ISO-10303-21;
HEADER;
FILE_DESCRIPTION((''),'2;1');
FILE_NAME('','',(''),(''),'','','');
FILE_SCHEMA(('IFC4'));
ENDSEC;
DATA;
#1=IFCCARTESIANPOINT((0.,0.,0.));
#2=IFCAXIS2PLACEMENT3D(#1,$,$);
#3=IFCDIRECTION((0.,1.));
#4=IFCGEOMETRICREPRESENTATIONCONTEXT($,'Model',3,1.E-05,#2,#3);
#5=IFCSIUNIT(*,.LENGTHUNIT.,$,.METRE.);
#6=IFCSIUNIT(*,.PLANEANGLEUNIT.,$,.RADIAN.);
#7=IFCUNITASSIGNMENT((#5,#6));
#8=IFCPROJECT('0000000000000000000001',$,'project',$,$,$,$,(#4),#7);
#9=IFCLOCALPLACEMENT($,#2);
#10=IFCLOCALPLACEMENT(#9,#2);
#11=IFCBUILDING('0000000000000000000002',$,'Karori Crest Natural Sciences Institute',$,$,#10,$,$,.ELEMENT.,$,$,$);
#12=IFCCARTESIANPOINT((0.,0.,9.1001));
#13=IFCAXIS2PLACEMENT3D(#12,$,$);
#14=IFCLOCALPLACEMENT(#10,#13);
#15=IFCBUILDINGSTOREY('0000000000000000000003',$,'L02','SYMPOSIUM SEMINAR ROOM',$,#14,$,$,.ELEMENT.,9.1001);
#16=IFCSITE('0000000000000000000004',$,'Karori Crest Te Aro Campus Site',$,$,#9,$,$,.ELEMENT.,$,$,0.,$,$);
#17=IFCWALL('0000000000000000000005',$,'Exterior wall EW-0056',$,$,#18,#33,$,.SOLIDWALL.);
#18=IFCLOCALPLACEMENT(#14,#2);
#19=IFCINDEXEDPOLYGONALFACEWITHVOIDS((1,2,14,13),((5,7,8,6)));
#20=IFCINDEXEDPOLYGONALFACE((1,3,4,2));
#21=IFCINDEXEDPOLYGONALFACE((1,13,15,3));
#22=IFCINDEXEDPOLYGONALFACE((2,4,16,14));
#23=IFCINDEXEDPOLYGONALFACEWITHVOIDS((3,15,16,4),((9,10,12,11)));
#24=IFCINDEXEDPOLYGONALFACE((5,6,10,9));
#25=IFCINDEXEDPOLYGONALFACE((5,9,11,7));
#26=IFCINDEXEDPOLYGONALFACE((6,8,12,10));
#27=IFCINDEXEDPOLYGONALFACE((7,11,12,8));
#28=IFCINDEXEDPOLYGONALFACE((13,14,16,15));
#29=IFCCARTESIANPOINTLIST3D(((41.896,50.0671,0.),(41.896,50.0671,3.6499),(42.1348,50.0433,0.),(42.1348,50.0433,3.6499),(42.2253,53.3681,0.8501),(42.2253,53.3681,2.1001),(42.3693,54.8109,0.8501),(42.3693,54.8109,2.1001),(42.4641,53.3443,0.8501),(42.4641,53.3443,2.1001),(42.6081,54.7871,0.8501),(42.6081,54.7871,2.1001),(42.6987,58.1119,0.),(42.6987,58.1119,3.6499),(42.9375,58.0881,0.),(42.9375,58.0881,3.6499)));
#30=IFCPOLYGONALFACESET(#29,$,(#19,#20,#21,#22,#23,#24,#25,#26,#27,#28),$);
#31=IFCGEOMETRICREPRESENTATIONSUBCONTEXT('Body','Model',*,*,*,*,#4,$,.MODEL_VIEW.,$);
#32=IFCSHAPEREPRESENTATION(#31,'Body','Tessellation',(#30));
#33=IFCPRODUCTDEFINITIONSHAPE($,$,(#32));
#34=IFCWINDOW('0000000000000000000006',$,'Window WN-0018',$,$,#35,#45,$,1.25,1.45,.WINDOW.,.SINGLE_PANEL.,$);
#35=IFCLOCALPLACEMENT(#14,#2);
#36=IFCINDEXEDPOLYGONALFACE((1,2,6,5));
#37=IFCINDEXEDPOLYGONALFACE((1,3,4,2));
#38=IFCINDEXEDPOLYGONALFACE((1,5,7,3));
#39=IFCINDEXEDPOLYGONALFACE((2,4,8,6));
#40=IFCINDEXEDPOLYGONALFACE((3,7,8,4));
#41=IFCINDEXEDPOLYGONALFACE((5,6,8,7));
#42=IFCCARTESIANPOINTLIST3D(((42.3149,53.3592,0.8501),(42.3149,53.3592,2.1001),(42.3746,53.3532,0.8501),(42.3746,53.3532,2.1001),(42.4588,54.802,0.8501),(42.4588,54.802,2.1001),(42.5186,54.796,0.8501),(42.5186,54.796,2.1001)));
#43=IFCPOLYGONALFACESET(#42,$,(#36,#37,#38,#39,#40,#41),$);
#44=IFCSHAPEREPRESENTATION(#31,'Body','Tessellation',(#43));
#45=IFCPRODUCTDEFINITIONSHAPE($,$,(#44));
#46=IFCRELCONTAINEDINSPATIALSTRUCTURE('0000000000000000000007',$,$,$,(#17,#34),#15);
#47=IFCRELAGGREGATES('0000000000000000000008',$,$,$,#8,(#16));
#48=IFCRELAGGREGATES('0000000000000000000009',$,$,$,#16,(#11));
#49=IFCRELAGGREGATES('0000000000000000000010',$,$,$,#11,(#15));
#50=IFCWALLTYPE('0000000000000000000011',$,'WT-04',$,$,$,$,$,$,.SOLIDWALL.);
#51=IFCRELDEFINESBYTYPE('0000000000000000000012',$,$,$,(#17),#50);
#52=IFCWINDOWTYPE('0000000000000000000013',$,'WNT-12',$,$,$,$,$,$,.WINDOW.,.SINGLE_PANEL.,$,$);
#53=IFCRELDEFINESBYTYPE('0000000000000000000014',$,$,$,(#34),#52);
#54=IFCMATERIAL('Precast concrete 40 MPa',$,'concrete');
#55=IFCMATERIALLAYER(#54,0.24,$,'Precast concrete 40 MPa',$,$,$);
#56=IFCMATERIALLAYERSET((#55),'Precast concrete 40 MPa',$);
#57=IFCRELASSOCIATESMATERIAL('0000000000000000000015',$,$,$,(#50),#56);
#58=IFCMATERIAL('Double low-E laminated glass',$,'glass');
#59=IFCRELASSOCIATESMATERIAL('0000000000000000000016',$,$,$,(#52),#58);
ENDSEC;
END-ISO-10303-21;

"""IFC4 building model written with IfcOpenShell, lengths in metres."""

from ifc_helpers import new_model, si_unit, direction, frame, frame_2d, origin, place, context, subcontext, project, spatial, rectangle, extrude, material, layer, layer_set, type_object, element, fill, save


model = new_model("IFC4")

# Units and contexts
model_context = context("Model", 3, precision=1e-05, world=origin(), true_north=direction((0.0, 1.0)))
body_context = subcontext(model_context, "Body", "Model", "MODEL_VIEW")
ifc_project = project(units=[si_unit("LENGTHUNIT", "METRE"), si_unit("PLANEANGLEUNIT", "RADIAN")], contexts=[model_context])

# Site, building, storey
site_placement = place(None, origin())
site = spatial("IfcSite", under=ifc_project, at=site_placement, Name="Karori Crest Te Aro Campus Site", CompositionType="ELEMENT", RefElevation=0.0)
building_placement = place(site_placement, origin())
building = spatial("IfcBuilding", under=site, at=building_placement, Name="Karori Crest Natural Sciences Institute", CompositionType="ELEMENT")
storey_placement = place(building_placement, frame((0.0, 0.0, 9.1001)))
storey = spatial("IfcBuildingStorey", under=building, at=storey_placement, Name="L02", Description="SYMPOSIUM SEMINAR ROOM", CompositionType="ELEMENT", Elevation=9.1001)

# Shared definitions
ifc_material_1 = material(Name="Double low-E laminated glass", Category="glass")

# Wall, opening, window
ifc_material_2 = material(Name="Precast concrete 40 MPa", Category="concrete")
ifc_layer_1 = layer(ifc_material_2, 0.24, Name="Precast concrete 40 MPa")
ifc_layer_set_1 = layer_set([ifc_layer_1], Name="Precast concrete 40 MPa")
wall_type_1 = type_object("IfcWallType", Name="WT-04", PredefinedType="SOLIDWALL", material=ifc_layer_set_1)
wall_1_placement = place(storey_placement, frame((42.8181, 58.1001, 0.0), z_axis=(0.0, 0.0, 1.0), x_axis=(-0.099291, -0.995058, 0.0)))
wall_1 = element("IfcWall", 1, at=wall_1_placement, inside=storey, type_object=wall_type_1, Name="Exterior wall EW-0056", PredefinedType="SOLIDWALL", context=body_context, shape_type="SweptSolid", body=[
    extrude(rectangle(XDim=8.0847, YDim=0.24, at=frame_2d((4.0425, 0.0))), origin(), (0.0, 0.0, 1.0), 3.6499),
])
opening_placement = place(wall_1_placement, frame((3.3174, 0.0, 0.8501)))
opening = element("IfcOpeningElement", 2, at=opening_placement, cuts=wall_1, PredefinedType="OPENING", context=body_context, shape_type="SweptSolid", body=[
    extrude(rectangle(XDim=1.45, YDim=1.25, at=frame_2d((0.7251, 0.625))), frame((0.0, 0.1299, 0.0), z_axis=(0.0, -1.0, 0.0), x_axis=(1.0, 0.0, 0.0)), (0.0, 0.0, 1.0), 0.26),
])
window_type = type_object("IfcWindowType", Name="WNT-12", PartitioningType="SINGLE_PANEL", PredefinedType="WINDOW", material=ifc_material_1)
window_placement = place(opening_placement, origin())
window = element("IfcWindow", 3, at=window_placement, inside=storey, type_object=window_type, Name="Window WN-0018", OverallHeight=1.25, OverallWidth=1.45, PartitioningType="SINGLE_PANEL", PredefinedType="WINDOW", context=body_context, shape_type="SweptSolid", body=[
    extrude(rectangle(XDim=1.45, YDim=1.25, at=frame_2d((0.7251, 0.625))), frame((0.0, 0.03, 0.0), z_axis=(0.0, -1.0, 0.0), x_axis=(1.0, 0.0, 0.0)), (0.0, 0.0, 1.0), 0.0601),
])
fill(opening, window)

save(model, "model.ifc")
